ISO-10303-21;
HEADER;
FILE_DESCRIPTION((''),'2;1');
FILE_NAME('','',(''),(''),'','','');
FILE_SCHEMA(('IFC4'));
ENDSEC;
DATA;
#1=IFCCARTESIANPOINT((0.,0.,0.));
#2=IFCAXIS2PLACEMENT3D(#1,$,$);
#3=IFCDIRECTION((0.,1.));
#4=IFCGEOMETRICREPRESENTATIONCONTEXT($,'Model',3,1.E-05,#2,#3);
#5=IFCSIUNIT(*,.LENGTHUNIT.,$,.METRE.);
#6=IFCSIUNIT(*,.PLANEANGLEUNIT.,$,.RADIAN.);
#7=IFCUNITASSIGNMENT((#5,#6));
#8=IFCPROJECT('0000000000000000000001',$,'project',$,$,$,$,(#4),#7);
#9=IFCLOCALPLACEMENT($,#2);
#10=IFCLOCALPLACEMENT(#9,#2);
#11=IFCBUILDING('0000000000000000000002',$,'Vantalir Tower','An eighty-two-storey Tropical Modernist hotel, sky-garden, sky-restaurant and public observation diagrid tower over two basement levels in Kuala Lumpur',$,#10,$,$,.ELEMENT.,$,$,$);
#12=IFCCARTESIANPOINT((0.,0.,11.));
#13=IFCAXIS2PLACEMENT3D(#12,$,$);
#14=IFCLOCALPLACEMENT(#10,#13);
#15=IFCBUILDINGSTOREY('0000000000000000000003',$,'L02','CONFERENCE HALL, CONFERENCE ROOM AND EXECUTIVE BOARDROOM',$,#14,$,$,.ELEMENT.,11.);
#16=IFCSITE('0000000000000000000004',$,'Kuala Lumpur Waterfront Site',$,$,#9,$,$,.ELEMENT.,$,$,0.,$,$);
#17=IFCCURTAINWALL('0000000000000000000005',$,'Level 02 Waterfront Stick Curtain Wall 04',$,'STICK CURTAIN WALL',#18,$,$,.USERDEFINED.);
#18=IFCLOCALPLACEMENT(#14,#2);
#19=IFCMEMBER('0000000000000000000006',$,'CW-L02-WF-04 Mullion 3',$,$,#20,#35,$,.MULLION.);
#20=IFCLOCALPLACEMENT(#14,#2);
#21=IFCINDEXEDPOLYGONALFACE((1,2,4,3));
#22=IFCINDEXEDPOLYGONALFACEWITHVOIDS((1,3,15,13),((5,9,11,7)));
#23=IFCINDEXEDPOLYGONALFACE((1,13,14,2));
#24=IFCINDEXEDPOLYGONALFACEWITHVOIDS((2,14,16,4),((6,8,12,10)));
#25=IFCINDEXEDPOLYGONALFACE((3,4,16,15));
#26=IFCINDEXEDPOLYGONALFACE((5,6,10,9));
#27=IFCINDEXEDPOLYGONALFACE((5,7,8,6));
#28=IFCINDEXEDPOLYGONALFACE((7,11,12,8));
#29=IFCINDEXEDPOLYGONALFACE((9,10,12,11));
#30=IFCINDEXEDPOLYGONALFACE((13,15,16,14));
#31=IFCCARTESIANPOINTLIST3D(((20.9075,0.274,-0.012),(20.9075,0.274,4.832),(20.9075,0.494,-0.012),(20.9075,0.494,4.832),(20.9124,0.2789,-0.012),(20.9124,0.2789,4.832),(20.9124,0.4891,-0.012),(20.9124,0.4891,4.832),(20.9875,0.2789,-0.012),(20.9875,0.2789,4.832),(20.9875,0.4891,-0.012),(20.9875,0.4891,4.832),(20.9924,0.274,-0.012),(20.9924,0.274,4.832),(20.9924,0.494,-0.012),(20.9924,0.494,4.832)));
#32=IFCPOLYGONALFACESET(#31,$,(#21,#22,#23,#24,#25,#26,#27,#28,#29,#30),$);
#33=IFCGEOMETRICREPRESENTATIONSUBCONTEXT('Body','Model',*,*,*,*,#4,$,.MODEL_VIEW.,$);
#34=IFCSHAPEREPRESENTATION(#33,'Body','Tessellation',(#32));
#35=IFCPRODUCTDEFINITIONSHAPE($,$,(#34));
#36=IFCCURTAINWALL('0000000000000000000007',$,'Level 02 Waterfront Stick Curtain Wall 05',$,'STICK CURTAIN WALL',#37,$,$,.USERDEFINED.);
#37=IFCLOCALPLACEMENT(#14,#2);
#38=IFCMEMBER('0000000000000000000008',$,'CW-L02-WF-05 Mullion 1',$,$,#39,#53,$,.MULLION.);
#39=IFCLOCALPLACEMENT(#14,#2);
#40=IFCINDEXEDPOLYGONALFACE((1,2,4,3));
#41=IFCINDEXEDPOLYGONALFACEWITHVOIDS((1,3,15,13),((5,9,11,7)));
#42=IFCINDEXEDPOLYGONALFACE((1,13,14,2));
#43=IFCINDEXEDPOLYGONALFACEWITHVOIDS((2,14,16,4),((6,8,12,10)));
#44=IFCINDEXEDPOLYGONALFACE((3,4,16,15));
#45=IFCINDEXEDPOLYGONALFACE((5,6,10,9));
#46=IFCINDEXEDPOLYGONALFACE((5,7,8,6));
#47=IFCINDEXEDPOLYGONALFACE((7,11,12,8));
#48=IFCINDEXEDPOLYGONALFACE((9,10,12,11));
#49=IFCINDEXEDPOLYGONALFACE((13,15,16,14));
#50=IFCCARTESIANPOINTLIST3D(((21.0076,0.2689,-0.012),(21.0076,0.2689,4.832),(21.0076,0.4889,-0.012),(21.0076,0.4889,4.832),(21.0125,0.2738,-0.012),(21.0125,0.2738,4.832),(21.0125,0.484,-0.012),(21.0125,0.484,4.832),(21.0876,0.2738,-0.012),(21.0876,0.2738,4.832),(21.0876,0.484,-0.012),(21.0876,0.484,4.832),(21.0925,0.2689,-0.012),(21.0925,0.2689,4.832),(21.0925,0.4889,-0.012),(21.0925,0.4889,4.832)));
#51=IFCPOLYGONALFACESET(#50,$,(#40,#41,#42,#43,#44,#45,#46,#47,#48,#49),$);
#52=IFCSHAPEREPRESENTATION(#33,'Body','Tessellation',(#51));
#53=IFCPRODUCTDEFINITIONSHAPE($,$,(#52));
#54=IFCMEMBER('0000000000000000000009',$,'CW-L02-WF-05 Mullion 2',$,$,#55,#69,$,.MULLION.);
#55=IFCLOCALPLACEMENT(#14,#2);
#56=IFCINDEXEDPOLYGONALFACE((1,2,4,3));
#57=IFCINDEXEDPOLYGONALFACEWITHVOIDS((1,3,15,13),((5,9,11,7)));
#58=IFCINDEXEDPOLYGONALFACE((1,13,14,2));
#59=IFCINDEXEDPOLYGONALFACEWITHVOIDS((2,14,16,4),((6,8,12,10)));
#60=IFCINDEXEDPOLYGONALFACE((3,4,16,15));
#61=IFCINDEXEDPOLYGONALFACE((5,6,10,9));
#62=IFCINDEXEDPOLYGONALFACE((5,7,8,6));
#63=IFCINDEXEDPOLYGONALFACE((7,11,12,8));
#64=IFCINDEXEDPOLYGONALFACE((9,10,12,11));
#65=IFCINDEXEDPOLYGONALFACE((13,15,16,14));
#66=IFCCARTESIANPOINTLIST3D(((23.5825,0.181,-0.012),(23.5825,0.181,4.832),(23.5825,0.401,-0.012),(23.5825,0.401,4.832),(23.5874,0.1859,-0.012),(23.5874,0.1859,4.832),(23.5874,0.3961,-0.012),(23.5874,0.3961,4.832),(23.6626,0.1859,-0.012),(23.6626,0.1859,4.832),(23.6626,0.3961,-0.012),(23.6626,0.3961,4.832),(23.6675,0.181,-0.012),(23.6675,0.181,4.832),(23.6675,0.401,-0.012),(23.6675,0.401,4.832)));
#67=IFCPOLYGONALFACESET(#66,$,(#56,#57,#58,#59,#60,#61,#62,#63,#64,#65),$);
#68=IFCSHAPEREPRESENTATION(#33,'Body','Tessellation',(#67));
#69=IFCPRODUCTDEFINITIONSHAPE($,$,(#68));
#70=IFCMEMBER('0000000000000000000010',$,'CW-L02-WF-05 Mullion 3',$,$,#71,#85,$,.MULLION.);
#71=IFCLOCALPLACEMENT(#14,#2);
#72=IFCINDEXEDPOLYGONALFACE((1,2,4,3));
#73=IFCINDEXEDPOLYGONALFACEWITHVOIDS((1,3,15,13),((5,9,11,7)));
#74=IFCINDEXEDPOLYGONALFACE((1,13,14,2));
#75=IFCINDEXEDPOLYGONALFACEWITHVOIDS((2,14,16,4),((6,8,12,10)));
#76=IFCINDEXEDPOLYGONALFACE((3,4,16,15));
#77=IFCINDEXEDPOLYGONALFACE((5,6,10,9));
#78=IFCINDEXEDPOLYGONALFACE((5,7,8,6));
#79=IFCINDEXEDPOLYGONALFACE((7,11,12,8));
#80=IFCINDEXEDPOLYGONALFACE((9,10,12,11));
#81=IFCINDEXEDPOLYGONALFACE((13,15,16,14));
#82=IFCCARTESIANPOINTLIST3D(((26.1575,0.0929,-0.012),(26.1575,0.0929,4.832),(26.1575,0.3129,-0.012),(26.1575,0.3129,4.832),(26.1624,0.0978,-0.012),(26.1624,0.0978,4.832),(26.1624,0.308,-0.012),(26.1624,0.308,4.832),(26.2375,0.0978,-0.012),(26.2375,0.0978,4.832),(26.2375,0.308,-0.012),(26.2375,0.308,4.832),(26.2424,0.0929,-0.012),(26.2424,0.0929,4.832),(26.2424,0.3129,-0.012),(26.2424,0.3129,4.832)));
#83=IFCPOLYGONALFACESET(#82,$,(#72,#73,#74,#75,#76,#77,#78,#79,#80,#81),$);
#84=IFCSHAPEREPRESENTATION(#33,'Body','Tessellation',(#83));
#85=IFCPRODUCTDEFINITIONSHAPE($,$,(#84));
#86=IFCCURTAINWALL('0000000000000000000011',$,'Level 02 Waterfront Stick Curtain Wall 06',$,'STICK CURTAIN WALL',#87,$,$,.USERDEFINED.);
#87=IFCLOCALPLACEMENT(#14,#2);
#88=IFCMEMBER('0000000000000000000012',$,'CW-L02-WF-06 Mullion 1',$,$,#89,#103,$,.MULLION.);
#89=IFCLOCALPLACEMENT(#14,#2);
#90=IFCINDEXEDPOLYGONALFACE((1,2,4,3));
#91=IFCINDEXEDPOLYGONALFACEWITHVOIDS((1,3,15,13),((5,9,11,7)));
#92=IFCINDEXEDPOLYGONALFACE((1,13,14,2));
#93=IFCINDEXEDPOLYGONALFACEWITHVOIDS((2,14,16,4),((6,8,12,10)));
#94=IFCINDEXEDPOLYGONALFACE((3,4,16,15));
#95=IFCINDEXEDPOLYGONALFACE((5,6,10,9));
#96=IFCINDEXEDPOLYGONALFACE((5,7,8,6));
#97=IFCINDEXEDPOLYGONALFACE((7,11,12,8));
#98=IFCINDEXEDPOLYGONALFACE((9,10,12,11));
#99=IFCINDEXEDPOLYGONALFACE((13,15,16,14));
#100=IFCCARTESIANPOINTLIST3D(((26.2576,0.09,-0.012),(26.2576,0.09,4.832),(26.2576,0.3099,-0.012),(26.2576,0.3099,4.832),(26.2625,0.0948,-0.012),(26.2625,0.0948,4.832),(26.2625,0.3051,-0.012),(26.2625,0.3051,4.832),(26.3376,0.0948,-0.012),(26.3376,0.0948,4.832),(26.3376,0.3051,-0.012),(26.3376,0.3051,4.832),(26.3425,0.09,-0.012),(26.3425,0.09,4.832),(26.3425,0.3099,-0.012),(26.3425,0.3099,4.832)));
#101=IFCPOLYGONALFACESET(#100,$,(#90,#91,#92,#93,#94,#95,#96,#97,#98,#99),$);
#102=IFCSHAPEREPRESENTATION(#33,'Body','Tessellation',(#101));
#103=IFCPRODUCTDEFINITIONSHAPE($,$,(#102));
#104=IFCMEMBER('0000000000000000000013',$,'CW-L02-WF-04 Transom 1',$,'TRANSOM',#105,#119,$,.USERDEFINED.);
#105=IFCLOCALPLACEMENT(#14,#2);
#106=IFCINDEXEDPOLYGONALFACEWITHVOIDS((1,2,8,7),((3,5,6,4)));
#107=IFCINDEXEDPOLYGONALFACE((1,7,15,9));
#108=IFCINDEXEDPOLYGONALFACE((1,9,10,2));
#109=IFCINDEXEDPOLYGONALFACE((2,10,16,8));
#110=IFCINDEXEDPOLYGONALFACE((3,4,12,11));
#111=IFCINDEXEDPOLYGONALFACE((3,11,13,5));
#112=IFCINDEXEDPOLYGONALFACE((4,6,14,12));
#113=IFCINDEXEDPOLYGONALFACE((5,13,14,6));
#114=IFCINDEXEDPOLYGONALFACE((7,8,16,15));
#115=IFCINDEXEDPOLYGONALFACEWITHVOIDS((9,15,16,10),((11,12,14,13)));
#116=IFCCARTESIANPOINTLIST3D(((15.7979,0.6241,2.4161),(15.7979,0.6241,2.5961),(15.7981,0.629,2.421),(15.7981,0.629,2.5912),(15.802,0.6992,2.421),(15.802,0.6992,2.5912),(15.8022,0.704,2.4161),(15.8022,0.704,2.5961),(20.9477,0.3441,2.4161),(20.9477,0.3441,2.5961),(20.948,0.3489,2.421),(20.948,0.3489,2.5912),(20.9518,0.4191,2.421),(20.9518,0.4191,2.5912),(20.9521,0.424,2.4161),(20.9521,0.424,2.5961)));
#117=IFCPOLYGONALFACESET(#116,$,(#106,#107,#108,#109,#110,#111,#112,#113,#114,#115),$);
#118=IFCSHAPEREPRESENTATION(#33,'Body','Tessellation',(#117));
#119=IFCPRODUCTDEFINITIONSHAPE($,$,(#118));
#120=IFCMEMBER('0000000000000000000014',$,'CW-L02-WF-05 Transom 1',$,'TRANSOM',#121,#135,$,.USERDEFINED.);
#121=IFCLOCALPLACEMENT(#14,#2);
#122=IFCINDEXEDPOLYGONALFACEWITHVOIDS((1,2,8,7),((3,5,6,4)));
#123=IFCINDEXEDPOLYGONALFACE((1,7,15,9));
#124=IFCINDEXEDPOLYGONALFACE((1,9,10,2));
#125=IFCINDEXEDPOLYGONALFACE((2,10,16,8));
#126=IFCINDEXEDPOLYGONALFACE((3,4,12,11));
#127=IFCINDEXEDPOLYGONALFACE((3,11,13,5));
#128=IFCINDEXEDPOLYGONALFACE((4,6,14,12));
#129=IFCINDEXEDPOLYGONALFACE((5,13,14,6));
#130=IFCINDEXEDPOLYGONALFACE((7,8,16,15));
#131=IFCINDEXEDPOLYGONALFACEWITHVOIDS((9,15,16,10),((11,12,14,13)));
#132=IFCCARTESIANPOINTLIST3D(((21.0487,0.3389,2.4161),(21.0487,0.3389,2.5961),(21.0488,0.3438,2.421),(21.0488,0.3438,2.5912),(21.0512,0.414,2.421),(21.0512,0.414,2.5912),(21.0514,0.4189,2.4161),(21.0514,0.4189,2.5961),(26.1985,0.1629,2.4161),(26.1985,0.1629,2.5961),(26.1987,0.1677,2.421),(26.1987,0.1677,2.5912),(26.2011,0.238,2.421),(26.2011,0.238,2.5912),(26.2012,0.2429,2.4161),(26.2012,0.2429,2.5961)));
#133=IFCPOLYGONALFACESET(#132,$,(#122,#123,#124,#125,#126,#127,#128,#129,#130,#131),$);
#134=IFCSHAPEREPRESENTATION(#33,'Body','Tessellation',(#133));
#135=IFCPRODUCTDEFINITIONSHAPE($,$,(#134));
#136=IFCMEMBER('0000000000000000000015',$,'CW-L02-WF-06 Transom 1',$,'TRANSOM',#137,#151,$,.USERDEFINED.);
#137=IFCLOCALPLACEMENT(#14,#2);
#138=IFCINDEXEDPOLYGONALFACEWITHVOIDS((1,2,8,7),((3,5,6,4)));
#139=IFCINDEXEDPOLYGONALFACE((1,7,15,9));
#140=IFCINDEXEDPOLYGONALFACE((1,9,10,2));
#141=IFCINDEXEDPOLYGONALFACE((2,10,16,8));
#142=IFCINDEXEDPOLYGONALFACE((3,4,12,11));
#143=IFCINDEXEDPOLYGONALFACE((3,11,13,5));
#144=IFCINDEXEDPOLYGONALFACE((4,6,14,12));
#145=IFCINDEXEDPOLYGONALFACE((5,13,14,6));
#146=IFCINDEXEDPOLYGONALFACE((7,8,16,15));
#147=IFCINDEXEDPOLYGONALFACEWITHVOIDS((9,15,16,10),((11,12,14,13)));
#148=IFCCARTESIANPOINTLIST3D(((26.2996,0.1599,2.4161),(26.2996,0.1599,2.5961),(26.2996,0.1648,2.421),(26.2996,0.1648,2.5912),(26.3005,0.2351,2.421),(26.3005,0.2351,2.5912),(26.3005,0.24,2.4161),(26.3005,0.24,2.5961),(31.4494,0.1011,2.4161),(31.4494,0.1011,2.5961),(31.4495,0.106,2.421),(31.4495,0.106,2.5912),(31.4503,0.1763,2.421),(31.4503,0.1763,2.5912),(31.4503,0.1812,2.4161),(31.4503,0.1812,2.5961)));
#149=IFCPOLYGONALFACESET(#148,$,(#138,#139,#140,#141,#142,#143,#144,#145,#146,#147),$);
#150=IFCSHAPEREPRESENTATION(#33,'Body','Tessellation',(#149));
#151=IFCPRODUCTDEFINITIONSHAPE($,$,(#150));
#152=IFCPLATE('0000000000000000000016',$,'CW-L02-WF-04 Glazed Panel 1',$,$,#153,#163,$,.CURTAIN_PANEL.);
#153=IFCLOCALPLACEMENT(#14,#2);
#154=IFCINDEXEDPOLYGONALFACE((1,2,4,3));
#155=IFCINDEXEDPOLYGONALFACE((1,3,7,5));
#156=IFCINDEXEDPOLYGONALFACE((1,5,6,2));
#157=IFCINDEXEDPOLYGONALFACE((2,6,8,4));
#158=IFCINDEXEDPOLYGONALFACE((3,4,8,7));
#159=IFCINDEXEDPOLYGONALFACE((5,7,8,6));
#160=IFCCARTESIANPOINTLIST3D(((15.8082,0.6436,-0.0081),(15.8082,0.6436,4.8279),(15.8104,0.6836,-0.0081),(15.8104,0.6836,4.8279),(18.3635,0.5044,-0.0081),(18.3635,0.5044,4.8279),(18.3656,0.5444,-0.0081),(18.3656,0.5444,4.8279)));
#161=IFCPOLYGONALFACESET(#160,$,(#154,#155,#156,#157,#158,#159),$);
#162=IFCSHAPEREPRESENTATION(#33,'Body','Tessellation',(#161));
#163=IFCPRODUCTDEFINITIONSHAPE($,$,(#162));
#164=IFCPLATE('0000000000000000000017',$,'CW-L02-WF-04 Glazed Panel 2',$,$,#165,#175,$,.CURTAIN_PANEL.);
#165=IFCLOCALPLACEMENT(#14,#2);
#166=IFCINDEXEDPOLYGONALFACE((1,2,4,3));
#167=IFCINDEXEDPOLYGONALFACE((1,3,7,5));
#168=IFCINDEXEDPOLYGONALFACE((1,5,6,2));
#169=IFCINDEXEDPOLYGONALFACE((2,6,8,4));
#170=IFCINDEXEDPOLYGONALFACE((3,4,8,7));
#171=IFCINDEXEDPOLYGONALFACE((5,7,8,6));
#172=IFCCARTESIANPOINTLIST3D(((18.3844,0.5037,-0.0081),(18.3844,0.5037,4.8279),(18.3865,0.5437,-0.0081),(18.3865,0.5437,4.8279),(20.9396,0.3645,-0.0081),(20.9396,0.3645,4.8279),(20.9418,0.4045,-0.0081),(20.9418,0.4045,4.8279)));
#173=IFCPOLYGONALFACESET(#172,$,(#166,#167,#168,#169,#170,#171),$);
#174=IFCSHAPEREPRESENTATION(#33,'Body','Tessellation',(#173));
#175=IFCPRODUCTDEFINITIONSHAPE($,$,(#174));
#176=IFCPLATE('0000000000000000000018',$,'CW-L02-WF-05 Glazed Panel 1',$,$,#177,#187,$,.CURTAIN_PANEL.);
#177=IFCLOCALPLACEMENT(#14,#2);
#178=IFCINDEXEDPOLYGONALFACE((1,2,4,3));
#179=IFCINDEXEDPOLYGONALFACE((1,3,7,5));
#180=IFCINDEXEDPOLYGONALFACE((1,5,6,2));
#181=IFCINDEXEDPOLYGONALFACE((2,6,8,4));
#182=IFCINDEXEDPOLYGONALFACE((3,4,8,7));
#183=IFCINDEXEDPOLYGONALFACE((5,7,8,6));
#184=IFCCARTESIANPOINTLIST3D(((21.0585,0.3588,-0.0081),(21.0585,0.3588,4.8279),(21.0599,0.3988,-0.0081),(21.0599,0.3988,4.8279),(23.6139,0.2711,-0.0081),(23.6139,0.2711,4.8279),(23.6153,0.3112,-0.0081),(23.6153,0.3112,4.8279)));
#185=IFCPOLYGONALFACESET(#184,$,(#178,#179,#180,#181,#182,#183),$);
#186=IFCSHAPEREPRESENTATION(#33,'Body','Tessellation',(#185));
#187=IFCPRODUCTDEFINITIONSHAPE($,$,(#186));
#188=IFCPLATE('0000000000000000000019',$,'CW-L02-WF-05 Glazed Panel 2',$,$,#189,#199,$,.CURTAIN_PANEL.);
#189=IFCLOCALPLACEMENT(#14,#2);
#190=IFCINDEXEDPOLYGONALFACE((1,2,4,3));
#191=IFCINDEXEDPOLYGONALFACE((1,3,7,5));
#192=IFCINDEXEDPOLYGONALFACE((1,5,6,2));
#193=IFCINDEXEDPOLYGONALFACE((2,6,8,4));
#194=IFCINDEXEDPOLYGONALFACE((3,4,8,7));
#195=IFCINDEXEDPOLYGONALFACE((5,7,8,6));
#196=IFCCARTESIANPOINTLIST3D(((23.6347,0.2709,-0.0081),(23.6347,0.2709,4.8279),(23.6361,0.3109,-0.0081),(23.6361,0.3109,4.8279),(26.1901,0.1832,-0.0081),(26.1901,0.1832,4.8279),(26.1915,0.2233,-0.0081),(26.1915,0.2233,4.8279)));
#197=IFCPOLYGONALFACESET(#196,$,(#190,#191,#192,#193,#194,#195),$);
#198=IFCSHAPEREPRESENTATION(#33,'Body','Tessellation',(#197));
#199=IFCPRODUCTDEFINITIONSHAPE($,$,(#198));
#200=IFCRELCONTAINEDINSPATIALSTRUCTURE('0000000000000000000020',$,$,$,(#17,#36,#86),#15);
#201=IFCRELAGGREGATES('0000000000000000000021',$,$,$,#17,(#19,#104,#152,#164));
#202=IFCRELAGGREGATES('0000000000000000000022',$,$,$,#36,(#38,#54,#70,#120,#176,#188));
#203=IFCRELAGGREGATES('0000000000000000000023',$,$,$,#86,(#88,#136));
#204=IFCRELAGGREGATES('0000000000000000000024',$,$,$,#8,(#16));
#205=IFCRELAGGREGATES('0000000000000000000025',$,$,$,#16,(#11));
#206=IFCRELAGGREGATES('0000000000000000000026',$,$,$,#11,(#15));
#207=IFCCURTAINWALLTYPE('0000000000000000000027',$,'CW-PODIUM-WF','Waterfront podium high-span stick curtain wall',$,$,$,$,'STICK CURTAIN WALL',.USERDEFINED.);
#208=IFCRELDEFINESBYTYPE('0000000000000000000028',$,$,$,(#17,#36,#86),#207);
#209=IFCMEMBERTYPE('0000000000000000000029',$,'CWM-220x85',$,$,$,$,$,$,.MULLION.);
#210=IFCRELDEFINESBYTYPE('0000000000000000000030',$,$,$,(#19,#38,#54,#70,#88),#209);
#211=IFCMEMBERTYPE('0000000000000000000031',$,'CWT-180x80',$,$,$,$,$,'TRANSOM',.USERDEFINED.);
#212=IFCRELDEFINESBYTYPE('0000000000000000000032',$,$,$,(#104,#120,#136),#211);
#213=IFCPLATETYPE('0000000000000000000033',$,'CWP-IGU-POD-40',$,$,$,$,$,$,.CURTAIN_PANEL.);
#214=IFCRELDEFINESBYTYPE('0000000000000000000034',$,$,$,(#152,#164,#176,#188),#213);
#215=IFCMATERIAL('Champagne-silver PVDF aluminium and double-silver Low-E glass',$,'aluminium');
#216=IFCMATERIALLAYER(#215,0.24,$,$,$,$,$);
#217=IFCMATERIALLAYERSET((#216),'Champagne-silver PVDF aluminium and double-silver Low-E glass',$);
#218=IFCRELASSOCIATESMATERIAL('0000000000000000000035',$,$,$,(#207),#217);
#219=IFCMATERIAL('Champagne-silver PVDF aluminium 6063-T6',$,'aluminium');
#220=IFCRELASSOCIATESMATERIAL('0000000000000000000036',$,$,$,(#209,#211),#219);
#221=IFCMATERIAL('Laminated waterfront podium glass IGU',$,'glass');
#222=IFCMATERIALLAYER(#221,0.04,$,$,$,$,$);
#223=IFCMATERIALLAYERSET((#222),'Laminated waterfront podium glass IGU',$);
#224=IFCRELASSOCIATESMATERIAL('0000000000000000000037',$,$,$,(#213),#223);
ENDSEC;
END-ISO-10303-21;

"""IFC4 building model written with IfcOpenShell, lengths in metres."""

from ifc_helpers import new_model, si_unit, direction, frame, origin, origin_2d, place, context, subcontext, project, spatial, rectangle, hollow_rectangle, extrude, material, layer, layer_set, material_profile, profile_set, type_object, element, aggregate, save


model = new_model("IFC4")

# Units and contexts
model_context = context("Model", 3, precision=1e-05, world=origin(), true_north=direction((0.0, 1.0)))
body_context = subcontext(model_context, "Body", "Model", "MODEL_VIEW")
ifc_project = project(units=[si_unit("LENGTHUNIT", "METRE"), si_unit("PLANEANGLEUNIT", "RADIAN")], contexts=[model_context])

# Site, building, storey
site_placement = place(None, origin())
site = spatial("IfcSite", under=ifc_project, at=site_placement, Name="Kuala Lumpur Waterfront Site", CompositionType="ELEMENT", RefElevation=0.0)
building_placement = place(site_placement, origin())
building = spatial("IfcBuilding", under=site, at=building_placement, Name="Vantalir Tower", Description="An eighty-two-storey Tropical Modernist hotel, sky-garden, sky-restaurant and public observation diagrid tower over two basement levels in Kuala Lumpur", CompositionType="ELEMENT")
storey_placement = place(building_placement, frame((0.0, 0.0, 11.0)))
storey = spatial("IfcBuildingStorey", under=building, at=storey_placement, Name="L02", Description="CONFERENCE HALL, CONFERENCE ROOM AND EXECUTIVE BOARDROOM", CompositionType="ELEMENT", Elevation=11.0)

# Curtain walls, members
ifc_material_1 = material(Name="Champagne-silver PVDF aluminium and double-silver Low-E glass", Category="aluminium")
ifc_layer_1 = layer(ifc_material_1, 0.24)
ifc_layer_set_1 = layer_set([ifc_layer_1], Name="Champagne-silver PVDF aluminium and double-silver Low-E glass")
curtain_wall_type = type_object("IfcCurtainWallType", Name="CW-PODIUM-WF", Description="Waterfront podium high-span stick curtain wall", ElementType="STICK CURTAIN WALL", PredefinedType="USERDEFINED", material=ifc_layer_set_1)
curtain_wall_1_placement = place(storey_placement, origin())
curtain_wall_1 = element("IfcCurtainWall", 1, at=curtain_wall_1_placement, inside=storey, type_object=curtain_wall_type, Name="Level 02 Waterfront Stick Curtain Wall 04", ObjectType="STICK CURTAIN WALL", PredefinedType="USERDEFINED")
ifc_material_2 = material(Name="Champagne-silver PVDF aluminium 6063-T6", Category="aluminium")
ifc_material_profile_1 = material_profile(ifc_material_2, hollow_rectangle(XDim=0.085, YDim=0.22, WallThickness=0.0049, at=origin_2d()), Name="Champagne-silver PVDF aluminium 6063-T6")
ifc_profile_set_1 = profile_set([ifc_material_profile_1], Name="Champagne-silver PVDF aluminium 6063-T6")
member_type_1 = type_object("IfcMemberType", Name="CWM-220x85", PredefinedType="MULLION", material=ifc_profile_set_1)
member_1_placement = place(storey_placement, frame((20.95, 0.384, -0.012), z_axis=(0.0, 0.0, 1.0), x_axis=(1.0, 0.0, 0.0)))
member_1 = element("IfcMember", 2, at=member_1_placement, type_object=member_type_1, Name="CW-L02-WF-04 Mullion 3", PredefinedType="MULLION", context=body_context, shape_type="SweptSolid", body=[
    extrude(hollow_rectangle(XDim=0.085, YDim=0.22, WallThickness=0.0049, at=origin_2d()), origin(), (0.0, 0.0, 1.0), 4.844),
])
curtain_wall_2_placement = place(storey_placement, origin())
curtain_wall_2 = element("IfcCurtainWall", 3, at=curtain_wall_2_placement, inside=storey, type_object=curtain_wall_type, Name="Level 02 Waterfront Stick Curtain Wall 05", ObjectType="STICK CURTAIN WALL", PredefinedType="USERDEFINED")
member_2_placement = place(storey_placement, frame((21.05, 0.3789, -0.012), z_axis=(0.0, 0.0, 1.0), x_axis=(1.0, 0.0, 0.0)))
member_2 = element("IfcMember", 4, at=member_2_placement, type_object=member_type_1, Name="CW-L02-WF-05 Mullion 1", PredefinedType="MULLION", context=body_context, shape_type="SweptSolid", body=[
    extrude(hollow_rectangle(XDim=0.085, YDim=0.22, WallThickness=0.0049, at=origin_2d()), origin(), (0.0, 0.0, 1.0), 4.844),
])
member_3_placement = place(storey_placement, frame((23.625, 0.291, -0.012), z_axis=(0.0, 0.0, 1.0), x_axis=(1.0, 0.0, 0.0)))
member_3 = element("IfcMember", 5, at=member_3_placement, type_object=member_type_1, Name="CW-L02-WF-05 Mullion 2", PredefinedType="MULLION", context=body_context, shape_type="SweptSolid", body=[
    extrude(hollow_rectangle(XDim=0.085, YDim=0.22, WallThickness=0.0049, at=origin_2d()), origin(), (0.0, 0.0, 1.0), 4.844),
])
member_4_placement = place(storey_placement, frame((26.2, 0.2029, -0.012), z_axis=(0.0, 0.0, 1.0), x_axis=(1.0, 0.0, 0.0)))
member_4 = element("IfcMember", 6, at=member_4_placement, type_object=member_type_1, Name="CW-L02-WF-05 Mullion 3", PredefinedType="MULLION", context=body_context, shape_type="SweptSolid", body=[
    extrude(hollow_rectangle(XDim=0.085, YDim=0.22, WallThickness=0.0049, at=origin_2d()), origin(), (0.0, 0.0, 1.0), 4.844),
])

# Curtain wall, member
curtain_wall_3_placement = place(storey_placement, origin())
curtain_wall_3 = element("IfcCurtainWall", 7, at=curtain_wall_3_placement, inside=storey, type_object=curtain_wall_type, Name="Level 02 Waterfront Stick Curtain Wall 06", ObjectType="STICK CURTAIN WALL", PredefinedType="USERDEFINED")
member_5_placement = place(storey_placement, frame((26.3, 0.2, -0.012), z_axis=(0.0, 0.0, 1.0), x_axis=(1.0, 0.0, 0.0)))
member_5 = element("IfcMember", 8, at=member_5_placement, type_object=member_type_1, Name="CW-L02-WF-06 Mullion 1", PredefinedType="MULLION", context=body_context, shape_type="SweptSolid", body=[
    extrude(hollow_rectangle(XDim=0.085, YDim=0.22, WallThickness=0.0049, at=origin_2d()), origin(), (0.0, 0.0, 1.0), 4.844),
])

# Members
ifc_material_profile_2 = material_profile(ifc_material_2, hollow_rectangle(XDim=0.0801, YDim=0.1799, WallThickness=0.0049, at=origin_2d()), Name="Champagne-silver PVDF aluminium 6063-T6")
ifc_profile_set_2 = profile_set([ifc_material_profile_2], Name="Champagne-silver PVDF aluminium 6063-T6")
member_type_2 = type_object("IfcMemberType", Name="CWT-180x80", ElementType="TRANSOM", PredefinedType="USERDEFINED", material=ifc_profile_set_2)
member_6_placement = place(storey_placement, frame((15.8, 0.6641, 2.5061), z_axis=(0.998525, -0.054295, 0.0), x_axis=(0.054295, 0.998525, 0.0)))
member_6 = element("IfcMember", 9, at=member_6_placement, type_object=member_type_2, Name="CW-L02-WF-04 Transom 1", ObjectType="TRANSOM", PredefinedType="USERDEFINED", context=body_context, shape_type="SweptSolid", body=[
    extrude(hollow_rectangle(XDim=0.0801, YDim=0.1799, WallThickness=0.0049, at=origin_2d()), origin(), (0.0, 0.0, 1.0), 5.1575),
])
member_7_placement = place(storey_placement, frame((21.05, 0.3789, 2.5061), z_axis=(0.999416, -0.03416, 0.0), x_axis=(0.03416, 0.999416, 0.0)))
member_7 = element("IfcMember", 10, at=member_7_placement, type_object=member_type_2, Name="CW-L02-WF-05 Transom 1", ObjectType="TRANSOM", PredefinedType="USERDEFINED", context=body_context, shape_type="SweptSolid", body=[
    extrude(hollow_rectangle(XDim=0.0801, YDim=0.1799, WallThickness=0.0049, at=origin_2d()), origin(), (0.0, 0.0, 1.0), 5.1528),
])
member_8_placement = place(storey_placement, frame((26.3, 0.2, 2.5061), z_axis=(0.999935, -0.011424, 0.0), x_axis=(0.011424, 0.999935, 0.0)))
member_8 = element("IfcMember", 11, at=member_8_placement, type_object=member_type_2, Name="CW-L02-WF-06 Transom 1", ObjectType="TRANSOM", PredefinedType="USERDEFINED", context=body_context, shape_type="SweptSolid", body=[
    extrude(hollow_rectangle(XDim=0.0801, YDim=0.1799, WallThickness=0.0049, at=origin_2d()), origin(), (0.0, 0.0, 1.0), 5.1501),
])

# Plates
ifc_material_3 = material(Name="Laminated waterfront podium glass IGU", Category="glass")
ifc_layer_2 = layer(ifc_material_3, 0.04)
ifc_layer_set_2 = layer_set([ifc_layer_2], Name="Laminated waterfront podium glass IGU")
plate_type = type_object("IfcPlateType", Name="CWP-IGU-POD-40", PredefinedType="CURTAIN_PANEL", material=ifc_layer_set_2)
plate_1_placement = place(storey_placement, frame((17.0869, 0.594, -0.0081), z_axis=(0.0, 0.0, 1.0), x_axis=(0.99852, -0.054393, 0.0)))
plate_1 = element("IfcPlate", 12, at=plate_1_placement, type_object=plate_type, Name="CW-L02-WF-04 Glazed Panel 1", PredefinedType="CURTAIN_PANEL", context=body_context, shape_type="SweptSolid", body=[
    extrude(rectangle(XDim=2.5591, YDim=0.04, at=origin_2d()), origin(), (0.0, 0.0, 1.0), 4.8359),
])
plate_2_placement = place(storey_placement, frame((19.6631, 0.4541, -0.0081), z_axis=(0.0, 0.0, 1.0), x_axis=(0.99852, -0.054393, 0.0)))
plate_2 = element("IfcPlate", 13, at=plate_2_placement, type_object=plate_type, Name="CW-L02-WF-04 Glazed Panel 2", PredefinedType="CURTAIN_PANEL", context=body_context, shape_type="SweptSolid", body=[
    extrude(rectangle(XDim=2.5591, YDim=0.04, at=origin_2d()), origin(), (0.0, 0.0, 1.0), 4.8359),
])
aggregate(curtain_wall_1, [member_1, member_6, plate_1, plate_2])
plate_3_placement = place(storey_placement, frame((22.3369, 0.335, -0.0081), z_axis=(0.0, 0.0, 1.0), x_axis=(0.999413, -0.034272, 0.0)))
plate_3 = element("IfcPlate", 14, at=plate_3_placement, type_object=plate_type, Name="CW-L02-WF-05 Glazed Panel 1", PredefinedType="CURTAIN_PANEL", context=body_context, shape_type="SweptSolid", body=[
    extrude(rectangle(XDim=2.5569, YDim=0.04, at=origin_2d()), origin(), (0.0, 0.0, 1.0), 4.8359),
])
plate_4_placement = place(storey_placement, frame((24.9131, 0.2471, -0.0081), z_axis=(0.0, 0.0, 1.0), x_axis=(0.999413, -0.034272, 0.0)))
plate_4 = element("IfcPlate", 15, at=plate_4_placement, type_object=plate_type, Name="CW-L02-WF-05 Glazed Panel 2", PredefinedType="CURTAIN_PANEL", context=body_context, shape_type="SweptSolid", body=[
    extrude(rectangle(XDim=2.5569, YDim=0.04, at=origin_2d()), origin(), (0.0, 0.0, 1.0), 4.8359),
])
aggregate(curtain_wall_2, [member_2, member_3, member_4, member_7, plate_3, plate_4])
aggregate(curtain_wall_3, [member_5, member_8])

save(model, "model.ifc")
